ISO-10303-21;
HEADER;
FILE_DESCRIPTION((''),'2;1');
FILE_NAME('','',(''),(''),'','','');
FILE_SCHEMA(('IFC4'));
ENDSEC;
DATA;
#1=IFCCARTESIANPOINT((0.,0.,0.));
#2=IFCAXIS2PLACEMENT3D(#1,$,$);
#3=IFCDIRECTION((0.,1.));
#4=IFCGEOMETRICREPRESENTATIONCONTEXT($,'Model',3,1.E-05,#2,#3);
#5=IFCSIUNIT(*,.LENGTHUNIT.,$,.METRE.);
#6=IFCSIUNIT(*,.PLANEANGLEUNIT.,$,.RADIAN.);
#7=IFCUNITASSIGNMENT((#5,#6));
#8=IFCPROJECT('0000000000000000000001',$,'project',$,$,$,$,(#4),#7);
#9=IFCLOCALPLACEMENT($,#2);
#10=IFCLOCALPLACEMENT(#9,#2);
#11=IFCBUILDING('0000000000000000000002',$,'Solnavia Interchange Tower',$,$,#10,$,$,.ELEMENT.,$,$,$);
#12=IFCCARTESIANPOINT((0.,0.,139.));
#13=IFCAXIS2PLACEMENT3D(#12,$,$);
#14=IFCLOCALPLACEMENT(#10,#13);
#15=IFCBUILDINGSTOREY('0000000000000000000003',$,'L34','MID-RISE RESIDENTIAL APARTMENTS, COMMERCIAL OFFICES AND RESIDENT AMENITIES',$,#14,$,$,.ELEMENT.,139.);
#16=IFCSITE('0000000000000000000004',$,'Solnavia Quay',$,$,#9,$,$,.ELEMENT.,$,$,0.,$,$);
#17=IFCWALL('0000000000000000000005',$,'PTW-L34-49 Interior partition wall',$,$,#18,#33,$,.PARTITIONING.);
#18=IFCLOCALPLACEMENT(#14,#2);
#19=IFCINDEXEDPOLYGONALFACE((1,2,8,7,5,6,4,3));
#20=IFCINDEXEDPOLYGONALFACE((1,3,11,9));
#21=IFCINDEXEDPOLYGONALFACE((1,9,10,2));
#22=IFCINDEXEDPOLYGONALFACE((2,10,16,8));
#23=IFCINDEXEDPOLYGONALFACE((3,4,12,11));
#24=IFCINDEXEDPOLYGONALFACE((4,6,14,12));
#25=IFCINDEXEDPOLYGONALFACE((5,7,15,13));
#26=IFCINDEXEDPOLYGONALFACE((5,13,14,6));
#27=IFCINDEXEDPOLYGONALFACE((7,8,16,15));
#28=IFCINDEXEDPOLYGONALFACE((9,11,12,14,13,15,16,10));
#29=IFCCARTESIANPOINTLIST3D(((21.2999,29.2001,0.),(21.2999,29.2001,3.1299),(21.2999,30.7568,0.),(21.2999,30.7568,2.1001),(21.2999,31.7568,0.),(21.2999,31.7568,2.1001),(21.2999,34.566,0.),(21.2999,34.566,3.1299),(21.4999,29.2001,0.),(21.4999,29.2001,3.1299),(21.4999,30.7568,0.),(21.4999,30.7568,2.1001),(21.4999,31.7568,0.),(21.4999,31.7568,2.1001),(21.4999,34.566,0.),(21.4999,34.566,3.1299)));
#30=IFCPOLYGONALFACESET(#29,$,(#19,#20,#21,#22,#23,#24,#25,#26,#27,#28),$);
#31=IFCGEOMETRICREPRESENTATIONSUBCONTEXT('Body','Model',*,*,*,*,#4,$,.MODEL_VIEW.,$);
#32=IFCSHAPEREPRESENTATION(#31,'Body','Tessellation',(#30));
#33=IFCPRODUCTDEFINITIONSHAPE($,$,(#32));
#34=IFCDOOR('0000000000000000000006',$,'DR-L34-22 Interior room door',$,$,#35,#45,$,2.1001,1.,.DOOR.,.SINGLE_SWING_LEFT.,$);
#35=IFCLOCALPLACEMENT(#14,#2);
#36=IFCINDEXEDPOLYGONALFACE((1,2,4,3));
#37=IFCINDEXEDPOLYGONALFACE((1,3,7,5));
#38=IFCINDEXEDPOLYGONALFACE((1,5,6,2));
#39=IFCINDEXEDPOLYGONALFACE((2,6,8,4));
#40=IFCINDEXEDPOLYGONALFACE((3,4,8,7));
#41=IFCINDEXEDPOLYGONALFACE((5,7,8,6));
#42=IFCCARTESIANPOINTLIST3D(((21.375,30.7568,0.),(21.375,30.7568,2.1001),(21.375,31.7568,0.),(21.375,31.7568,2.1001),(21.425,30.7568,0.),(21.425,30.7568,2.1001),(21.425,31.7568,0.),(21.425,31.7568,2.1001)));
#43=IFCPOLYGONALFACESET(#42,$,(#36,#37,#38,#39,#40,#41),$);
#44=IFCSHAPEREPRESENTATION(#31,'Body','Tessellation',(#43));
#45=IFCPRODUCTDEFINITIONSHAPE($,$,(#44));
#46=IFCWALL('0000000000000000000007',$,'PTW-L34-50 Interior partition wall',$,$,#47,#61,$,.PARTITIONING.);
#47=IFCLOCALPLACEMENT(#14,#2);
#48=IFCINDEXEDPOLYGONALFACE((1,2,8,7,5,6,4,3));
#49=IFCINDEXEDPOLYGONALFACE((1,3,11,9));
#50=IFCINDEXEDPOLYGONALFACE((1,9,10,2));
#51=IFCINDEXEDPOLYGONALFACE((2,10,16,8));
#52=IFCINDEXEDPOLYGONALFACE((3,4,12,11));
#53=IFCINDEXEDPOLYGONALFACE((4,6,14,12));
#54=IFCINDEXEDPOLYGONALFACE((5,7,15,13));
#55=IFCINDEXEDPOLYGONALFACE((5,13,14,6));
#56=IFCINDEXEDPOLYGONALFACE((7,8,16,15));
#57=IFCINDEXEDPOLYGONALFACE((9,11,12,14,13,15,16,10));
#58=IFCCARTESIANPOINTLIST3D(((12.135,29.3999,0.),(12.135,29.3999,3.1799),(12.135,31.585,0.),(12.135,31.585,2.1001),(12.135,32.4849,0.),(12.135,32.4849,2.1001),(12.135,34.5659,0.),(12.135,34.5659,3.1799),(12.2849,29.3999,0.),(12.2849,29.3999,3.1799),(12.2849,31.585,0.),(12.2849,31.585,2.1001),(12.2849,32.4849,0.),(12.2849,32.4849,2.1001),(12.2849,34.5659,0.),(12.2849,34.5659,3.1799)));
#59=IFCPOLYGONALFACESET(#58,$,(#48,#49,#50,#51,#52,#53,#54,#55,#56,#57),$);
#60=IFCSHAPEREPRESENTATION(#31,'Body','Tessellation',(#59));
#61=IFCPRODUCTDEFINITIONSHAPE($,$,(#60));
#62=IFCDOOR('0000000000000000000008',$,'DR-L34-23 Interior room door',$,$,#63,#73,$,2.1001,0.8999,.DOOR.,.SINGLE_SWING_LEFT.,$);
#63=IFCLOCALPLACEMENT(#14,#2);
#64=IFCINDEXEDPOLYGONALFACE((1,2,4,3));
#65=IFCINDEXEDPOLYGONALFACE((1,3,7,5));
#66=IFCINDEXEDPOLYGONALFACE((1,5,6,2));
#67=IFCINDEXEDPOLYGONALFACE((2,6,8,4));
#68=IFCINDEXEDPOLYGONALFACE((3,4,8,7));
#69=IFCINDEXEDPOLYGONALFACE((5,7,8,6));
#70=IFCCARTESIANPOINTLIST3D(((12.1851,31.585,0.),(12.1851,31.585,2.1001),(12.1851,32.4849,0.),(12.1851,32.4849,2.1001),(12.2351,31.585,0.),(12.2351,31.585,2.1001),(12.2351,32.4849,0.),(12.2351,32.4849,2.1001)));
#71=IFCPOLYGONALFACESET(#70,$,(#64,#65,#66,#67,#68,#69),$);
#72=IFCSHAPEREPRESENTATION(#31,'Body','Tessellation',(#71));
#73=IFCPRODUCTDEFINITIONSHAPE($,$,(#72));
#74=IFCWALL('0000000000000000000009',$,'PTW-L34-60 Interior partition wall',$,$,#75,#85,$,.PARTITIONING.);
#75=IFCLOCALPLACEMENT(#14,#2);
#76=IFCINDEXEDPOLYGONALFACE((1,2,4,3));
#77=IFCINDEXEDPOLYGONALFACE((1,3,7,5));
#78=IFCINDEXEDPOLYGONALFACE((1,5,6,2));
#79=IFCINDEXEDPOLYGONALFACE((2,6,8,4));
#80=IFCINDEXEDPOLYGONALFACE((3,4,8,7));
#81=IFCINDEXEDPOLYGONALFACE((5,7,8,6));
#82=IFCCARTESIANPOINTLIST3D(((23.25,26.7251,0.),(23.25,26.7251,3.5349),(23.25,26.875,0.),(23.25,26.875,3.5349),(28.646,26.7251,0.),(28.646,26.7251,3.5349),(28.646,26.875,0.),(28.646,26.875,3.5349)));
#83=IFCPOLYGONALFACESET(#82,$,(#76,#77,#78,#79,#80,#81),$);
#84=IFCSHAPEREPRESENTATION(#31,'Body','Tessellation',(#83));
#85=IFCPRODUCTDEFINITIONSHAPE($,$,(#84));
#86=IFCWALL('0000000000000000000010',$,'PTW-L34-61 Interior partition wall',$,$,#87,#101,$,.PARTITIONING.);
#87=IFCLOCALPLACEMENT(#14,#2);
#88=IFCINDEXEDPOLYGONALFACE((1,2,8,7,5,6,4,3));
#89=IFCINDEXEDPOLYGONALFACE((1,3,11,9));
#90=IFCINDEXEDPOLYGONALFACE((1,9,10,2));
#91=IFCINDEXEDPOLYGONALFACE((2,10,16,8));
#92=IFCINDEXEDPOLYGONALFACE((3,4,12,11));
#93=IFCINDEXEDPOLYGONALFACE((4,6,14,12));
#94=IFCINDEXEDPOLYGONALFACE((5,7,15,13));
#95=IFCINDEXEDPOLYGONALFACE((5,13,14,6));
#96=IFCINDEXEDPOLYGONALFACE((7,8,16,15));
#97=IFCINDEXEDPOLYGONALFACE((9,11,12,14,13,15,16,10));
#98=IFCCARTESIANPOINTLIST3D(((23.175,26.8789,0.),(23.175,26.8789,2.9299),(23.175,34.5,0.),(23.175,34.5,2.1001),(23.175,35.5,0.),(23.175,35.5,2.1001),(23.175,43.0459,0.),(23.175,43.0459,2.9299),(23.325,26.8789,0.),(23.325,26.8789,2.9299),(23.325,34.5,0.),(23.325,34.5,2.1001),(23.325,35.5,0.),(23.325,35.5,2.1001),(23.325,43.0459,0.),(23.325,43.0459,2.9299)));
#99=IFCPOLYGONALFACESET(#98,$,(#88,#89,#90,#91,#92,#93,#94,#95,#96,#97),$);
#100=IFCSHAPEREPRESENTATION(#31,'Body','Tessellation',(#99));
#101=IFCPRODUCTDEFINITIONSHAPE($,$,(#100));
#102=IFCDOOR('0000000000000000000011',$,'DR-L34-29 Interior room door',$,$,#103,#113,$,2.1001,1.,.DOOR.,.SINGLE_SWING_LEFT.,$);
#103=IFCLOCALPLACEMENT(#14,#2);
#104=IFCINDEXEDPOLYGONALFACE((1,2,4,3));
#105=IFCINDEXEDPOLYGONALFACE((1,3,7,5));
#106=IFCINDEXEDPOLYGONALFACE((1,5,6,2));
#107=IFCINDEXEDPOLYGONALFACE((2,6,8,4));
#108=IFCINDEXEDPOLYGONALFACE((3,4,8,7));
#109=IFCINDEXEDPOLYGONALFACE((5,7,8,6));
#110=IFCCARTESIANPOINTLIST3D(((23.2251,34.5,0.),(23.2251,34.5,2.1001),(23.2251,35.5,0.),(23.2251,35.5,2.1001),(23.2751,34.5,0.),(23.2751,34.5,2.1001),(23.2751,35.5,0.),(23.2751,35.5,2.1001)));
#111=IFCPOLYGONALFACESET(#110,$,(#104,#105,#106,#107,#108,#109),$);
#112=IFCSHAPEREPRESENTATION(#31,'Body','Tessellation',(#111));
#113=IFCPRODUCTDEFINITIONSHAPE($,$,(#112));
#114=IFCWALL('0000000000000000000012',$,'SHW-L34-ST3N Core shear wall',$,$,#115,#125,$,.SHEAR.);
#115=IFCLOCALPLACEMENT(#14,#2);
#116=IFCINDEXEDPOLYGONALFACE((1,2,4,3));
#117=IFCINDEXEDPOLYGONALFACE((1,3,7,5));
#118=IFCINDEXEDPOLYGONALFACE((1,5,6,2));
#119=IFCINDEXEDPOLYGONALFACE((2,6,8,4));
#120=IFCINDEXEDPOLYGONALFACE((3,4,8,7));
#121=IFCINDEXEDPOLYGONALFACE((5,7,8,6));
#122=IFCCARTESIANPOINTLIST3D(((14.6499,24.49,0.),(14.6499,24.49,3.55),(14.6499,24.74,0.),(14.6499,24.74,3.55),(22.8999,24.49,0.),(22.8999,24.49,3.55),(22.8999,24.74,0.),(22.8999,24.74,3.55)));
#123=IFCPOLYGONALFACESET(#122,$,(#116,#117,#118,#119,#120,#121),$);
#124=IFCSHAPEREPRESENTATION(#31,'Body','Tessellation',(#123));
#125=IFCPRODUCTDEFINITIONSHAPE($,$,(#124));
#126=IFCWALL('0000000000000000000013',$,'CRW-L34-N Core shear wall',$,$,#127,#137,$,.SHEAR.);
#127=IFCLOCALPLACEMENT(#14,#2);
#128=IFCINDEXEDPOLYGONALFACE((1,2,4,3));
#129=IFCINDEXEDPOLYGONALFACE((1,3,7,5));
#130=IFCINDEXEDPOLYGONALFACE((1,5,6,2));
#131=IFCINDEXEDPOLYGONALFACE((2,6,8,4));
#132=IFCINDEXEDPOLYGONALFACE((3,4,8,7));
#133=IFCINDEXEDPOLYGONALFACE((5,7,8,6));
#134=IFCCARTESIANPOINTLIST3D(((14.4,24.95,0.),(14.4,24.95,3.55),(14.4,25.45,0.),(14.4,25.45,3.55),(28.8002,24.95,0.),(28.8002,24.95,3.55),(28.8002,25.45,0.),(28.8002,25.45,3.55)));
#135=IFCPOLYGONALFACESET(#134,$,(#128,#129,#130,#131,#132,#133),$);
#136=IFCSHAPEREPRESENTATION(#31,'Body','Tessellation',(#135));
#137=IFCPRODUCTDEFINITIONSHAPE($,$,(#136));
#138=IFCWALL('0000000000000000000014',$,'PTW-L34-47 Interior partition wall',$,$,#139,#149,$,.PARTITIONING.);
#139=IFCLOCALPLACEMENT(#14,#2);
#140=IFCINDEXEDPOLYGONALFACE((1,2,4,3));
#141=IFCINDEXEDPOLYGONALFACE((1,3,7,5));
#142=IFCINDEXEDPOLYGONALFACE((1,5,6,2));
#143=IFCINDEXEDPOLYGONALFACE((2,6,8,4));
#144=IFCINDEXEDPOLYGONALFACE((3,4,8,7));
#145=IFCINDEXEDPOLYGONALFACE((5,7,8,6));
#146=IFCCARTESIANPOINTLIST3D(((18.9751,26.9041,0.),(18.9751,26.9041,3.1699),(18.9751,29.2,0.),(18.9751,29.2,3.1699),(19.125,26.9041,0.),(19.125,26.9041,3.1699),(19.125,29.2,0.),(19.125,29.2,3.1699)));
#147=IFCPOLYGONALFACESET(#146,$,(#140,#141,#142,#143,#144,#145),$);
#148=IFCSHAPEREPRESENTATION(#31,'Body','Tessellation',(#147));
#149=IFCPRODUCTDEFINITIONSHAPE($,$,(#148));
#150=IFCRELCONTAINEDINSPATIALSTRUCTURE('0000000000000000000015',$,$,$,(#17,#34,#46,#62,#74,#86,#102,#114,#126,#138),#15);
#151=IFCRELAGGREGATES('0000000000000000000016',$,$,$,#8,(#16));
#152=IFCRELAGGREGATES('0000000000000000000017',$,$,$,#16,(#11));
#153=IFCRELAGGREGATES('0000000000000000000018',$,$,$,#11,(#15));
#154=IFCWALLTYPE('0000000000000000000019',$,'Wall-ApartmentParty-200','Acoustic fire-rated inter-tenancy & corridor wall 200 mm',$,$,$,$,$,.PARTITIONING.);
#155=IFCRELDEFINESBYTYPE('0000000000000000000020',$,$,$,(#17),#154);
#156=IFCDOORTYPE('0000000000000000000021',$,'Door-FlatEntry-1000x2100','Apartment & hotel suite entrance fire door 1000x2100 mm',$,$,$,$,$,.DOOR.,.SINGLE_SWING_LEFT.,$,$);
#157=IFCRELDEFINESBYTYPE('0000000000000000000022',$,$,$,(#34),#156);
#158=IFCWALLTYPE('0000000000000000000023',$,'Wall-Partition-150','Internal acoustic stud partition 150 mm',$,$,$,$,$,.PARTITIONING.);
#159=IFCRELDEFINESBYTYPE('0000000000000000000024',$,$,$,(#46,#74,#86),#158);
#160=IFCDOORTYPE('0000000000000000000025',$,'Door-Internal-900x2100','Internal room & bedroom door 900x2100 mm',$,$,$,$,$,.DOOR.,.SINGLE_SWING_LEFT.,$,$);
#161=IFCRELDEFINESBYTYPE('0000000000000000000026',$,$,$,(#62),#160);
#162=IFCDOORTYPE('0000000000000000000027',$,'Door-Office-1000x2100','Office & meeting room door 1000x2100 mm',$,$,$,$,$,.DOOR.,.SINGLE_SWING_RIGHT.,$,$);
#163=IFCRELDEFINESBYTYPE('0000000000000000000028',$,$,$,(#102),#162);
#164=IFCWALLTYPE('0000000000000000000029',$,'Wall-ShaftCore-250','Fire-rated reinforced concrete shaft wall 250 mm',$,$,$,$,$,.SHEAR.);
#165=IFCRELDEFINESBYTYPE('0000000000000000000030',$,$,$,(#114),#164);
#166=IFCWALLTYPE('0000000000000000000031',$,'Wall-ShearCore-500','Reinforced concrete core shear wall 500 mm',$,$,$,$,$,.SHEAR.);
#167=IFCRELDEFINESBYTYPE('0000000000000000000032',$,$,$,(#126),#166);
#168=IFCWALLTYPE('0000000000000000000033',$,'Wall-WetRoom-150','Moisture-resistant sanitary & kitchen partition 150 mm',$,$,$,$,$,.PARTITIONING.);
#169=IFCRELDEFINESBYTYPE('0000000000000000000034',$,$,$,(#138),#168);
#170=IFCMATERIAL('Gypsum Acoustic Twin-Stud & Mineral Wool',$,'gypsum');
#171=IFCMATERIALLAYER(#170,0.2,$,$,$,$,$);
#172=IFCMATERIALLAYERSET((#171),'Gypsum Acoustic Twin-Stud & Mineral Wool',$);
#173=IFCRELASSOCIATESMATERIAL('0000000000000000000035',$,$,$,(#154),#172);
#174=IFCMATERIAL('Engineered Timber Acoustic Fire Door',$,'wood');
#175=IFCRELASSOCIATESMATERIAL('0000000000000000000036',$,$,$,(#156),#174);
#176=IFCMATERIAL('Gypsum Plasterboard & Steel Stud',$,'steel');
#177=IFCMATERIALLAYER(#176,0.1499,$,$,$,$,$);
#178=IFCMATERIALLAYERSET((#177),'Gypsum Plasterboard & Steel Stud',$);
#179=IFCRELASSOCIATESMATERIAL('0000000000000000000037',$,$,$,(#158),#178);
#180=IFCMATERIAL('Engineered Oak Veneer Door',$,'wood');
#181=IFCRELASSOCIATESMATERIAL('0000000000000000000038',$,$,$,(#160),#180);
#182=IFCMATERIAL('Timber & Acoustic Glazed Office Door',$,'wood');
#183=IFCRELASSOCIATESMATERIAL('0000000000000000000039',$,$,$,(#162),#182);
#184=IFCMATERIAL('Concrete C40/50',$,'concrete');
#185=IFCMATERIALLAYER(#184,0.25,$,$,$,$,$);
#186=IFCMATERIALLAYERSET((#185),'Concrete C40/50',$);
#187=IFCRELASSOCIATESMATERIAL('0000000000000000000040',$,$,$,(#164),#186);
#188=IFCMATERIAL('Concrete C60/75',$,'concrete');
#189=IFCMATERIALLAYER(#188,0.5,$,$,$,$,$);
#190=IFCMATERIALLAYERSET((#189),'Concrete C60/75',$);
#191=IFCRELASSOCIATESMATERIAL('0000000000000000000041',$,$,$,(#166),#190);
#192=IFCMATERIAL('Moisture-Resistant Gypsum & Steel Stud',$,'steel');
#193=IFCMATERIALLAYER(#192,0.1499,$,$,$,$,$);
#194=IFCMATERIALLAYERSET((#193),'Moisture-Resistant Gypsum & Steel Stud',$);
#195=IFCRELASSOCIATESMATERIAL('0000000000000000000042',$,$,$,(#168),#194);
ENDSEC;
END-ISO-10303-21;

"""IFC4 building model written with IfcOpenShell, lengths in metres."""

from ifc_helpers import new_model, si_unit, direction, frame, frame_2d, origin, place, context, subcontext, project, spatial, rectangle, extrude, material, layer, layer_set, type_object, element, fill, save


model = new_model("IFC4")

# Units and contexts
model_context = context("Model", 3, precision=1e-05, world=origin(), true_north=direction((0.0, 1.0)))
body_context = subcontext(model_context, "Body", "Model", "MODEL_VIEW")
ifc_project = project(units=[si_unit("LENGTHUNIT", "METRE"), si_unit("PLANEANGLEUNIT", "RADIAN")], contexts=[model_context])

# Site, building, storey
site_placement = place(None, origin())
site = spatial("IfcSite", under=ifc_project, at=site_placement, Name="Solnavia Quay", CompositionType="ELEMENT", RefElevation=0.0)
building_placement = place(site_placement, origin())
building = spatial("IfcBuilding", under=site, at=building_placement, Name="Solnavia Interchange Tower", CompositionType="ELEMENT")
storey_placement = place(building_placement, frame((0.0, 0.0, 139.0)))
storey = spatial("IfcBuildingStorey", under=building, at=storey_placement, Name="L34", Description="MID-RISE RESIDENTIAL APARTMENTS, COMMERCIAL OFFICES AND RESIDENT AMENITIES", CompositionType="ELEMENT", Elevation=139.0)

# Shared definitions
ifc_material_1 = material(Name="Gypsum Acoustic Twin-Stud & Mineral Wool", Category="gypsum")
ifc_layer_1 = layer(ifc_material_1, 0.2)
ifc_layer_set_1 = layer_set([ifc_layer_1], Name="Gypsum Acoustic Twin-Stud & Mineral Wool")
wall_type_1 = type_object("IfcWallType", Name="Wall-ApartmentParty-200", Description="Acoustic fire-rated inter-tenancy & corridor wall 200 mm", PredefinedType="PARTITIONING", material=ifc_layer_set_1)

# Walls, openings, doors
wall_1_placement = place(storey_placement, frame((21.3999, 29.2, 0.0), z_axis=(0.0, 0.0, 1.0), x_axis=(0.0, 1.0, 0.0)))
wall_1 = element("IfcWall", 1, at=wall_1_placement, inside=storey, type_object=wall_type_1, Name="PTW-L34-49 Interior partition wall", PredefinedType="PARTITIONING", context=body_context, shape_type="SweptSolid", body=[
    extrude(rectangle(XDim=5.366, YDim=0.2, at=frame_2d((2.6831, 0.0))), origin(), (0.0, 0.0, 1.0), 3.1299),
])
opening_1_placement = place(wall_1_placement, frame((1.5569, 0.0, 0.0)))
opening_1 = element("IfcOpeningElement", 2, at=opening_1_placement, cuts=wall_1, PredefinedType="OPENING", context=body_context, shape_type="SweptSolid", body=[
    extrude(rectangle(XDim=1.0, YDim=2.1001, at=frame_2d((0.5, 1.05))), frame((0.0, 0.1099, 0.0), z_axis=(0.0, -1.0, 0.0), x_axis=(1.0, 0.0, 0.0)), (0.0, 0.0, 1.0), 0.22),
])
ifc_material_2 = material(Name="Engineered Timber Acoustic Fire Door", Category="wood")
door_type_1 = type_object("IfcDoorType", Name="Door-FlatEntry-1000x2100", Description="Apartment & hotel suite entrance fire door 1000x2100 mm", OperationType="SINGLE_SWING_LEFT", PredefinedType="DOOR", material=ifc_material_2)
door_1_placement = place(opening_1_placement, origin())
door_1 = element("IfcDoor", 3, at=door_1_placement, inside=storey, type_object=door_type_1, Name="DR-L34-22 Interior room door", OperationType="SINGLE_SWING_LEFT", OverallHeight=2.1001, OverallWidth=1.0, PredefinedType="DOOR", context=body_context, shape_type="SweptSolid", body=[
    extrude(rectangle(XDim=1.0, YDim=2.1001, at=frame_2d((0.5, 1.05))), frame((0.0, 0.0249, 0.0), z_axis=(0.0, -1.0, 0.0), x_axis=(1.0, 0.0, 0.0)), (0.0, 0.0, 1.0), 0.05),
])
fill(opening_1, door_1)
ifc_material_3 = material(Name="Gypsum Plasterboard & Steel Stud", Category="steel")
ifc_layer_2 = layer(ifc_material_3, 0.1499)
ifc_layer_set_2 = layer_set([ifc_layer_2], Name="Gypsum Plasterboard & Steel Stud")
wall_type_2 = type_object("IfcWallType", Name="Wall-Partition-150", Description="Internal acoustic stud partition 150 mm", PredefinedType="PARTITIONING", material=ifc_layer_set_2)
wall_2_placement = place(storey_placement, frame((12.21, 29.3999, 0.0), z_axis=(0.0, 0.0, 1.0), x_axis=(0.0, 1.0, 0.0)))
wall_2 = element("IfcWall", 4, at=wall_2_placement, inside=storey, type_object=wall_type_2, Name="PTW-L34-50 Interior partition wall", PredefinedType="PARTITIONING", context=body_context, shape_type="SweptSolid", body=[
    extrude(rectangle(XDim=5.166, YDim=0.1499, at=frame_2d((2.583, 0.0))), origin(), (0.0, 0.0, 1.0), 3.1799),
])
opening_2_placement = place(wall_2_placement, frame((2.1851, 0.0, 0.0)))
opening_2 = element("IfcOpeningElement", 5, at=opening_2_placement, cuts=wall_2, PredefinedType="OPENING", context=body_context, shape_type="SweptSolid", body=[
    extrude(rectangle(XDim=0.8999, YDim=2.1001, at=frame_2d((0.45, 1.05))), frame((0.0, 0.085, 0.0), z_axis=(0.0, -1.0, 0.0), x_axis=(1.0, 0.0, 0.0)), (0.0, 0.0, 1.0), 0.1699),
])
ifc_material_4 = material(Name="Engineered Oak Veneer Door", Category="wood")
door_type_2 = type_object("IfcDoorType", Name="Door-Internal-900x2100", Description="Internal room & bedroom door 900x2100 mm", OperationType="SINGLE_SWING_LEFT", PredefinedType="DOOR", material=ifc_material_4)
door_2_placement = place(opening_2_placement, origin())
door_2 = element("IfcDoor", 6, at=door_2_placement, inside=storey, type_object=door_type_2, Name="DR-L34-23 Interior room door", OperationType="SINGLE_SWING_LEFT", OverallHeight=2.1001, OverallWidth=0.8999, PredefinedType="DOOR", context=body_context, shape_type="SweptSolid", body=[
    extrude(rectangle(XDim=0.8999, YDim=2.1001, at=frame_2d((0.45, 1.05))), frame((0.0, 0.0249, 0.0), z_axis=(0.0, -1.0, 0.0), x_axis=(1.0, 0.0, 0.0)), (0.0, 0.0, 1.0), 0.05),
])
fill(opening_2, door_2)

# Wall
wall_3_placement = place(storey_placement, frame((23.25, 26.8, 0.0), z_axis=(0.0, 0.0, 1.0), x_axis=(1.0, 0.0, 0.0)))
element("IfcWall", 7, at=wall_3_placement, inside=storey, type_object=wall_type_2, Name="PTW-L34-60 Interior partition wall", PredefinedType="PARTITIONING", context=body_context, shape_type="SweptSolid", body=[
    extrude(rectangle(XDim=5.396, YDim=0.1499, at=frame_2d((2.698, 0.0))), origin(), (0.0, 0.0, 1.0), 3.5349),
])

# Wall, opening, door
wall_4_placement = place(storey_placement, frame((23.25, 26.8789, 0.0), z_axis=(0.0, 0.0, 1.0), x_axis=(0.0, 1.0, 0.0)))
wall_4 = element("IfcWall", 8, at=wall_4_placement, inside=storey, type_object=wall_type_2, Name="PTW-L34-61 Interior partition wall", PredefinedType="PARTITIONING", context=body_context, shape_type="SweptSolid", body=[
    extrude(rectangle(XDim=16.167, YDim=0.1499, at=frame_2d((8.0835, 0.0))), origin(), (0.0, 0.0, 1.0), 2.9299),
])
opening_3_placement = place(wall_4_placement, frame((7.6211, 0.0, 0.0)))
opening_3 = element("IfcOpeningElement", 9, at=opening_3_placement, cuts=wall_4, PredefinedType="OPENING", context=body_context, shape_type="SweptSolid", body=[
    extrude(rectangle(XDim=1.0, YDim=2.1001, at=frame_2d((0.5, 1.05))), frame((0.0, 0.085, 0.0), z_axis=(0.0, -1.0, 0.0), x_axis=(1.0, 0.0, 0.0)), (0.0, 0.0, 1.0), 0.1699),
])
ifc_material_5 = material(Name="Timber & Acoustic Glazed Office Door", Category="wood")
door_type_3 = type_object("IfcDoorType", Name="Door-Office-1000x2100", Description="Office & meeting room door 1000x2100 mm", OperationType="SINGLE_SWING_RIGHT", PredefinedType="DOOR", material=ifc_material_5)
door_3_placement = place(opening_3_placement, origin())
door_3 = element("IfcDoor", 10, at=door_3_placement, inside=storey, type_object=door_type_3, Name="DR-L34-29 Interior room door", OperationType="SINGLE_SWING_LEFT", OverallHeight=2.1001, OverallWidth=1.0, PredefinedType="DOOR", context=body_context, shape_type="SweptSolid", body=[
    extrude(rectangle(XDim=1.0, YDim=2.1001, at=frame_2d((0.5, 1.05))), frame((0.0, 0.0249, 0.0), z_axis=(0.0, -1.0, 0.0), x_axis=(1.0, 0.0, 0.0)), (0.0, 0.0, 1.0), 0.05),
])
fill(opening_3, door_3)

# Walls
ifc_material_6 = material(Name="Concrete C40/50", Category="concrete")
ifc_layer_3 = layer(ifc_material_6, 0.25)
ifc_layer_set_3 = layer_set([ifc_layer_3], Name="Concrete C40/50")
wall_type_3 = type_object("IfcWallType", Name="Wall-ShaftCore-250", Description="Fire-rated reinforced concrete shaft wall 250 mm", PredefinedType="SHEAR", material=ifc_layer_set_3)
wall_5_placement = place(storey_placement, frame((14.6499, 24.615, 0.0), z_axis=(0.0, 0.0, 1.0), x_axis=(1.0, 0.0, 0.0)))
element("IfcWall", 11, at=wall_5_placement, inside=storey, type_object=wall_type_3, Name="SHW-L34-ST3N Core shear wall", PredefinedType="SHEAR", context=body_context, shape_type="SweptSolid", body=[
    extrude(rectangle(XDim=8.25, YDim=0.25, at=frame_2d((4.125, 0.0))), origin(), (0.0, 0.0, 1.0), 3.55),
])
ifc_material_7 = material(Name="Concrete C60/75", Category="concrete")
ifc_layer_4 = layer(ifc_material_7, 0.5)
ifc_layer_set_4 = layer_set([ifc_layer_4], Name="Concrete C60/75")
wall_type_4 = type_object("IfcWallType", Name="Wall-ShearCore-500", Description="Reinforced concrete core shear wall 500 mm", PredefinedType="SHEAR", material=ifc_layer_set_4)
wall_6_placement = place(storey_placement, frame((14.3999, 25.2, 0.0), z_axis=(0.0, 0.0, 1.0), x_axis=(1.0, 0.0, 0.0)))
element("IfcWall", 12, at=wall_6_placement, inside=storey, type_object=wall_type_4, Name="CRW-L34-N Core shear wall", PredefinedType="SHEAR", context=body_context, shape_type="SweptSolid", body=[
    extrude(rectangle(XDim=14.4001, YDim=0.5, at=frame_2d((7.2002, 0.0))), origin(), (0.0, 0.0, 1.0), 3.55),
])
ifc_material_8 = material(Name="Moisture-Resistant Gypsum & Steel Stud", Category="steel")
ifc_layer_5 = layer(ifc_material_8, 0.1499)
ifc_layer_set_5 = layer_set([ifc_layer_5], Name="Moisture-Resistant Gypsum & Steel Stud")
wall_type_5 = type_object("IfcWallType", Name="Wall-WetRoom-150", Description="Moisture-resistant sanitary & kitchen partition 150 mm", PredefinedType="PARTITIONING", material=ifc_layer_set_5)
wall_7_placement = place(storey_placement, frame((19.05, 26.9041, 0.0), z_axis=(0.0, 0.0, 1.0), x_axis=(0.0, 1.0, 0.0)))
element("IfcWall", 13, at=wall_7_placement, inside=storey, type_object=wall_type_5, Name="PTW-L34-47 Interior partition wall", PredefinedType="PARTITIONING", context=body_context, shape_type="SweptSolid", body=[
    extrude(rectangle(XDim=2.2959, YDim=0.1499, at=frame_2d((1.1479, 0.0))), origin(), (0.0, 0.0, 1.0), 3.1699),
])

save(model, "model.ifc")
